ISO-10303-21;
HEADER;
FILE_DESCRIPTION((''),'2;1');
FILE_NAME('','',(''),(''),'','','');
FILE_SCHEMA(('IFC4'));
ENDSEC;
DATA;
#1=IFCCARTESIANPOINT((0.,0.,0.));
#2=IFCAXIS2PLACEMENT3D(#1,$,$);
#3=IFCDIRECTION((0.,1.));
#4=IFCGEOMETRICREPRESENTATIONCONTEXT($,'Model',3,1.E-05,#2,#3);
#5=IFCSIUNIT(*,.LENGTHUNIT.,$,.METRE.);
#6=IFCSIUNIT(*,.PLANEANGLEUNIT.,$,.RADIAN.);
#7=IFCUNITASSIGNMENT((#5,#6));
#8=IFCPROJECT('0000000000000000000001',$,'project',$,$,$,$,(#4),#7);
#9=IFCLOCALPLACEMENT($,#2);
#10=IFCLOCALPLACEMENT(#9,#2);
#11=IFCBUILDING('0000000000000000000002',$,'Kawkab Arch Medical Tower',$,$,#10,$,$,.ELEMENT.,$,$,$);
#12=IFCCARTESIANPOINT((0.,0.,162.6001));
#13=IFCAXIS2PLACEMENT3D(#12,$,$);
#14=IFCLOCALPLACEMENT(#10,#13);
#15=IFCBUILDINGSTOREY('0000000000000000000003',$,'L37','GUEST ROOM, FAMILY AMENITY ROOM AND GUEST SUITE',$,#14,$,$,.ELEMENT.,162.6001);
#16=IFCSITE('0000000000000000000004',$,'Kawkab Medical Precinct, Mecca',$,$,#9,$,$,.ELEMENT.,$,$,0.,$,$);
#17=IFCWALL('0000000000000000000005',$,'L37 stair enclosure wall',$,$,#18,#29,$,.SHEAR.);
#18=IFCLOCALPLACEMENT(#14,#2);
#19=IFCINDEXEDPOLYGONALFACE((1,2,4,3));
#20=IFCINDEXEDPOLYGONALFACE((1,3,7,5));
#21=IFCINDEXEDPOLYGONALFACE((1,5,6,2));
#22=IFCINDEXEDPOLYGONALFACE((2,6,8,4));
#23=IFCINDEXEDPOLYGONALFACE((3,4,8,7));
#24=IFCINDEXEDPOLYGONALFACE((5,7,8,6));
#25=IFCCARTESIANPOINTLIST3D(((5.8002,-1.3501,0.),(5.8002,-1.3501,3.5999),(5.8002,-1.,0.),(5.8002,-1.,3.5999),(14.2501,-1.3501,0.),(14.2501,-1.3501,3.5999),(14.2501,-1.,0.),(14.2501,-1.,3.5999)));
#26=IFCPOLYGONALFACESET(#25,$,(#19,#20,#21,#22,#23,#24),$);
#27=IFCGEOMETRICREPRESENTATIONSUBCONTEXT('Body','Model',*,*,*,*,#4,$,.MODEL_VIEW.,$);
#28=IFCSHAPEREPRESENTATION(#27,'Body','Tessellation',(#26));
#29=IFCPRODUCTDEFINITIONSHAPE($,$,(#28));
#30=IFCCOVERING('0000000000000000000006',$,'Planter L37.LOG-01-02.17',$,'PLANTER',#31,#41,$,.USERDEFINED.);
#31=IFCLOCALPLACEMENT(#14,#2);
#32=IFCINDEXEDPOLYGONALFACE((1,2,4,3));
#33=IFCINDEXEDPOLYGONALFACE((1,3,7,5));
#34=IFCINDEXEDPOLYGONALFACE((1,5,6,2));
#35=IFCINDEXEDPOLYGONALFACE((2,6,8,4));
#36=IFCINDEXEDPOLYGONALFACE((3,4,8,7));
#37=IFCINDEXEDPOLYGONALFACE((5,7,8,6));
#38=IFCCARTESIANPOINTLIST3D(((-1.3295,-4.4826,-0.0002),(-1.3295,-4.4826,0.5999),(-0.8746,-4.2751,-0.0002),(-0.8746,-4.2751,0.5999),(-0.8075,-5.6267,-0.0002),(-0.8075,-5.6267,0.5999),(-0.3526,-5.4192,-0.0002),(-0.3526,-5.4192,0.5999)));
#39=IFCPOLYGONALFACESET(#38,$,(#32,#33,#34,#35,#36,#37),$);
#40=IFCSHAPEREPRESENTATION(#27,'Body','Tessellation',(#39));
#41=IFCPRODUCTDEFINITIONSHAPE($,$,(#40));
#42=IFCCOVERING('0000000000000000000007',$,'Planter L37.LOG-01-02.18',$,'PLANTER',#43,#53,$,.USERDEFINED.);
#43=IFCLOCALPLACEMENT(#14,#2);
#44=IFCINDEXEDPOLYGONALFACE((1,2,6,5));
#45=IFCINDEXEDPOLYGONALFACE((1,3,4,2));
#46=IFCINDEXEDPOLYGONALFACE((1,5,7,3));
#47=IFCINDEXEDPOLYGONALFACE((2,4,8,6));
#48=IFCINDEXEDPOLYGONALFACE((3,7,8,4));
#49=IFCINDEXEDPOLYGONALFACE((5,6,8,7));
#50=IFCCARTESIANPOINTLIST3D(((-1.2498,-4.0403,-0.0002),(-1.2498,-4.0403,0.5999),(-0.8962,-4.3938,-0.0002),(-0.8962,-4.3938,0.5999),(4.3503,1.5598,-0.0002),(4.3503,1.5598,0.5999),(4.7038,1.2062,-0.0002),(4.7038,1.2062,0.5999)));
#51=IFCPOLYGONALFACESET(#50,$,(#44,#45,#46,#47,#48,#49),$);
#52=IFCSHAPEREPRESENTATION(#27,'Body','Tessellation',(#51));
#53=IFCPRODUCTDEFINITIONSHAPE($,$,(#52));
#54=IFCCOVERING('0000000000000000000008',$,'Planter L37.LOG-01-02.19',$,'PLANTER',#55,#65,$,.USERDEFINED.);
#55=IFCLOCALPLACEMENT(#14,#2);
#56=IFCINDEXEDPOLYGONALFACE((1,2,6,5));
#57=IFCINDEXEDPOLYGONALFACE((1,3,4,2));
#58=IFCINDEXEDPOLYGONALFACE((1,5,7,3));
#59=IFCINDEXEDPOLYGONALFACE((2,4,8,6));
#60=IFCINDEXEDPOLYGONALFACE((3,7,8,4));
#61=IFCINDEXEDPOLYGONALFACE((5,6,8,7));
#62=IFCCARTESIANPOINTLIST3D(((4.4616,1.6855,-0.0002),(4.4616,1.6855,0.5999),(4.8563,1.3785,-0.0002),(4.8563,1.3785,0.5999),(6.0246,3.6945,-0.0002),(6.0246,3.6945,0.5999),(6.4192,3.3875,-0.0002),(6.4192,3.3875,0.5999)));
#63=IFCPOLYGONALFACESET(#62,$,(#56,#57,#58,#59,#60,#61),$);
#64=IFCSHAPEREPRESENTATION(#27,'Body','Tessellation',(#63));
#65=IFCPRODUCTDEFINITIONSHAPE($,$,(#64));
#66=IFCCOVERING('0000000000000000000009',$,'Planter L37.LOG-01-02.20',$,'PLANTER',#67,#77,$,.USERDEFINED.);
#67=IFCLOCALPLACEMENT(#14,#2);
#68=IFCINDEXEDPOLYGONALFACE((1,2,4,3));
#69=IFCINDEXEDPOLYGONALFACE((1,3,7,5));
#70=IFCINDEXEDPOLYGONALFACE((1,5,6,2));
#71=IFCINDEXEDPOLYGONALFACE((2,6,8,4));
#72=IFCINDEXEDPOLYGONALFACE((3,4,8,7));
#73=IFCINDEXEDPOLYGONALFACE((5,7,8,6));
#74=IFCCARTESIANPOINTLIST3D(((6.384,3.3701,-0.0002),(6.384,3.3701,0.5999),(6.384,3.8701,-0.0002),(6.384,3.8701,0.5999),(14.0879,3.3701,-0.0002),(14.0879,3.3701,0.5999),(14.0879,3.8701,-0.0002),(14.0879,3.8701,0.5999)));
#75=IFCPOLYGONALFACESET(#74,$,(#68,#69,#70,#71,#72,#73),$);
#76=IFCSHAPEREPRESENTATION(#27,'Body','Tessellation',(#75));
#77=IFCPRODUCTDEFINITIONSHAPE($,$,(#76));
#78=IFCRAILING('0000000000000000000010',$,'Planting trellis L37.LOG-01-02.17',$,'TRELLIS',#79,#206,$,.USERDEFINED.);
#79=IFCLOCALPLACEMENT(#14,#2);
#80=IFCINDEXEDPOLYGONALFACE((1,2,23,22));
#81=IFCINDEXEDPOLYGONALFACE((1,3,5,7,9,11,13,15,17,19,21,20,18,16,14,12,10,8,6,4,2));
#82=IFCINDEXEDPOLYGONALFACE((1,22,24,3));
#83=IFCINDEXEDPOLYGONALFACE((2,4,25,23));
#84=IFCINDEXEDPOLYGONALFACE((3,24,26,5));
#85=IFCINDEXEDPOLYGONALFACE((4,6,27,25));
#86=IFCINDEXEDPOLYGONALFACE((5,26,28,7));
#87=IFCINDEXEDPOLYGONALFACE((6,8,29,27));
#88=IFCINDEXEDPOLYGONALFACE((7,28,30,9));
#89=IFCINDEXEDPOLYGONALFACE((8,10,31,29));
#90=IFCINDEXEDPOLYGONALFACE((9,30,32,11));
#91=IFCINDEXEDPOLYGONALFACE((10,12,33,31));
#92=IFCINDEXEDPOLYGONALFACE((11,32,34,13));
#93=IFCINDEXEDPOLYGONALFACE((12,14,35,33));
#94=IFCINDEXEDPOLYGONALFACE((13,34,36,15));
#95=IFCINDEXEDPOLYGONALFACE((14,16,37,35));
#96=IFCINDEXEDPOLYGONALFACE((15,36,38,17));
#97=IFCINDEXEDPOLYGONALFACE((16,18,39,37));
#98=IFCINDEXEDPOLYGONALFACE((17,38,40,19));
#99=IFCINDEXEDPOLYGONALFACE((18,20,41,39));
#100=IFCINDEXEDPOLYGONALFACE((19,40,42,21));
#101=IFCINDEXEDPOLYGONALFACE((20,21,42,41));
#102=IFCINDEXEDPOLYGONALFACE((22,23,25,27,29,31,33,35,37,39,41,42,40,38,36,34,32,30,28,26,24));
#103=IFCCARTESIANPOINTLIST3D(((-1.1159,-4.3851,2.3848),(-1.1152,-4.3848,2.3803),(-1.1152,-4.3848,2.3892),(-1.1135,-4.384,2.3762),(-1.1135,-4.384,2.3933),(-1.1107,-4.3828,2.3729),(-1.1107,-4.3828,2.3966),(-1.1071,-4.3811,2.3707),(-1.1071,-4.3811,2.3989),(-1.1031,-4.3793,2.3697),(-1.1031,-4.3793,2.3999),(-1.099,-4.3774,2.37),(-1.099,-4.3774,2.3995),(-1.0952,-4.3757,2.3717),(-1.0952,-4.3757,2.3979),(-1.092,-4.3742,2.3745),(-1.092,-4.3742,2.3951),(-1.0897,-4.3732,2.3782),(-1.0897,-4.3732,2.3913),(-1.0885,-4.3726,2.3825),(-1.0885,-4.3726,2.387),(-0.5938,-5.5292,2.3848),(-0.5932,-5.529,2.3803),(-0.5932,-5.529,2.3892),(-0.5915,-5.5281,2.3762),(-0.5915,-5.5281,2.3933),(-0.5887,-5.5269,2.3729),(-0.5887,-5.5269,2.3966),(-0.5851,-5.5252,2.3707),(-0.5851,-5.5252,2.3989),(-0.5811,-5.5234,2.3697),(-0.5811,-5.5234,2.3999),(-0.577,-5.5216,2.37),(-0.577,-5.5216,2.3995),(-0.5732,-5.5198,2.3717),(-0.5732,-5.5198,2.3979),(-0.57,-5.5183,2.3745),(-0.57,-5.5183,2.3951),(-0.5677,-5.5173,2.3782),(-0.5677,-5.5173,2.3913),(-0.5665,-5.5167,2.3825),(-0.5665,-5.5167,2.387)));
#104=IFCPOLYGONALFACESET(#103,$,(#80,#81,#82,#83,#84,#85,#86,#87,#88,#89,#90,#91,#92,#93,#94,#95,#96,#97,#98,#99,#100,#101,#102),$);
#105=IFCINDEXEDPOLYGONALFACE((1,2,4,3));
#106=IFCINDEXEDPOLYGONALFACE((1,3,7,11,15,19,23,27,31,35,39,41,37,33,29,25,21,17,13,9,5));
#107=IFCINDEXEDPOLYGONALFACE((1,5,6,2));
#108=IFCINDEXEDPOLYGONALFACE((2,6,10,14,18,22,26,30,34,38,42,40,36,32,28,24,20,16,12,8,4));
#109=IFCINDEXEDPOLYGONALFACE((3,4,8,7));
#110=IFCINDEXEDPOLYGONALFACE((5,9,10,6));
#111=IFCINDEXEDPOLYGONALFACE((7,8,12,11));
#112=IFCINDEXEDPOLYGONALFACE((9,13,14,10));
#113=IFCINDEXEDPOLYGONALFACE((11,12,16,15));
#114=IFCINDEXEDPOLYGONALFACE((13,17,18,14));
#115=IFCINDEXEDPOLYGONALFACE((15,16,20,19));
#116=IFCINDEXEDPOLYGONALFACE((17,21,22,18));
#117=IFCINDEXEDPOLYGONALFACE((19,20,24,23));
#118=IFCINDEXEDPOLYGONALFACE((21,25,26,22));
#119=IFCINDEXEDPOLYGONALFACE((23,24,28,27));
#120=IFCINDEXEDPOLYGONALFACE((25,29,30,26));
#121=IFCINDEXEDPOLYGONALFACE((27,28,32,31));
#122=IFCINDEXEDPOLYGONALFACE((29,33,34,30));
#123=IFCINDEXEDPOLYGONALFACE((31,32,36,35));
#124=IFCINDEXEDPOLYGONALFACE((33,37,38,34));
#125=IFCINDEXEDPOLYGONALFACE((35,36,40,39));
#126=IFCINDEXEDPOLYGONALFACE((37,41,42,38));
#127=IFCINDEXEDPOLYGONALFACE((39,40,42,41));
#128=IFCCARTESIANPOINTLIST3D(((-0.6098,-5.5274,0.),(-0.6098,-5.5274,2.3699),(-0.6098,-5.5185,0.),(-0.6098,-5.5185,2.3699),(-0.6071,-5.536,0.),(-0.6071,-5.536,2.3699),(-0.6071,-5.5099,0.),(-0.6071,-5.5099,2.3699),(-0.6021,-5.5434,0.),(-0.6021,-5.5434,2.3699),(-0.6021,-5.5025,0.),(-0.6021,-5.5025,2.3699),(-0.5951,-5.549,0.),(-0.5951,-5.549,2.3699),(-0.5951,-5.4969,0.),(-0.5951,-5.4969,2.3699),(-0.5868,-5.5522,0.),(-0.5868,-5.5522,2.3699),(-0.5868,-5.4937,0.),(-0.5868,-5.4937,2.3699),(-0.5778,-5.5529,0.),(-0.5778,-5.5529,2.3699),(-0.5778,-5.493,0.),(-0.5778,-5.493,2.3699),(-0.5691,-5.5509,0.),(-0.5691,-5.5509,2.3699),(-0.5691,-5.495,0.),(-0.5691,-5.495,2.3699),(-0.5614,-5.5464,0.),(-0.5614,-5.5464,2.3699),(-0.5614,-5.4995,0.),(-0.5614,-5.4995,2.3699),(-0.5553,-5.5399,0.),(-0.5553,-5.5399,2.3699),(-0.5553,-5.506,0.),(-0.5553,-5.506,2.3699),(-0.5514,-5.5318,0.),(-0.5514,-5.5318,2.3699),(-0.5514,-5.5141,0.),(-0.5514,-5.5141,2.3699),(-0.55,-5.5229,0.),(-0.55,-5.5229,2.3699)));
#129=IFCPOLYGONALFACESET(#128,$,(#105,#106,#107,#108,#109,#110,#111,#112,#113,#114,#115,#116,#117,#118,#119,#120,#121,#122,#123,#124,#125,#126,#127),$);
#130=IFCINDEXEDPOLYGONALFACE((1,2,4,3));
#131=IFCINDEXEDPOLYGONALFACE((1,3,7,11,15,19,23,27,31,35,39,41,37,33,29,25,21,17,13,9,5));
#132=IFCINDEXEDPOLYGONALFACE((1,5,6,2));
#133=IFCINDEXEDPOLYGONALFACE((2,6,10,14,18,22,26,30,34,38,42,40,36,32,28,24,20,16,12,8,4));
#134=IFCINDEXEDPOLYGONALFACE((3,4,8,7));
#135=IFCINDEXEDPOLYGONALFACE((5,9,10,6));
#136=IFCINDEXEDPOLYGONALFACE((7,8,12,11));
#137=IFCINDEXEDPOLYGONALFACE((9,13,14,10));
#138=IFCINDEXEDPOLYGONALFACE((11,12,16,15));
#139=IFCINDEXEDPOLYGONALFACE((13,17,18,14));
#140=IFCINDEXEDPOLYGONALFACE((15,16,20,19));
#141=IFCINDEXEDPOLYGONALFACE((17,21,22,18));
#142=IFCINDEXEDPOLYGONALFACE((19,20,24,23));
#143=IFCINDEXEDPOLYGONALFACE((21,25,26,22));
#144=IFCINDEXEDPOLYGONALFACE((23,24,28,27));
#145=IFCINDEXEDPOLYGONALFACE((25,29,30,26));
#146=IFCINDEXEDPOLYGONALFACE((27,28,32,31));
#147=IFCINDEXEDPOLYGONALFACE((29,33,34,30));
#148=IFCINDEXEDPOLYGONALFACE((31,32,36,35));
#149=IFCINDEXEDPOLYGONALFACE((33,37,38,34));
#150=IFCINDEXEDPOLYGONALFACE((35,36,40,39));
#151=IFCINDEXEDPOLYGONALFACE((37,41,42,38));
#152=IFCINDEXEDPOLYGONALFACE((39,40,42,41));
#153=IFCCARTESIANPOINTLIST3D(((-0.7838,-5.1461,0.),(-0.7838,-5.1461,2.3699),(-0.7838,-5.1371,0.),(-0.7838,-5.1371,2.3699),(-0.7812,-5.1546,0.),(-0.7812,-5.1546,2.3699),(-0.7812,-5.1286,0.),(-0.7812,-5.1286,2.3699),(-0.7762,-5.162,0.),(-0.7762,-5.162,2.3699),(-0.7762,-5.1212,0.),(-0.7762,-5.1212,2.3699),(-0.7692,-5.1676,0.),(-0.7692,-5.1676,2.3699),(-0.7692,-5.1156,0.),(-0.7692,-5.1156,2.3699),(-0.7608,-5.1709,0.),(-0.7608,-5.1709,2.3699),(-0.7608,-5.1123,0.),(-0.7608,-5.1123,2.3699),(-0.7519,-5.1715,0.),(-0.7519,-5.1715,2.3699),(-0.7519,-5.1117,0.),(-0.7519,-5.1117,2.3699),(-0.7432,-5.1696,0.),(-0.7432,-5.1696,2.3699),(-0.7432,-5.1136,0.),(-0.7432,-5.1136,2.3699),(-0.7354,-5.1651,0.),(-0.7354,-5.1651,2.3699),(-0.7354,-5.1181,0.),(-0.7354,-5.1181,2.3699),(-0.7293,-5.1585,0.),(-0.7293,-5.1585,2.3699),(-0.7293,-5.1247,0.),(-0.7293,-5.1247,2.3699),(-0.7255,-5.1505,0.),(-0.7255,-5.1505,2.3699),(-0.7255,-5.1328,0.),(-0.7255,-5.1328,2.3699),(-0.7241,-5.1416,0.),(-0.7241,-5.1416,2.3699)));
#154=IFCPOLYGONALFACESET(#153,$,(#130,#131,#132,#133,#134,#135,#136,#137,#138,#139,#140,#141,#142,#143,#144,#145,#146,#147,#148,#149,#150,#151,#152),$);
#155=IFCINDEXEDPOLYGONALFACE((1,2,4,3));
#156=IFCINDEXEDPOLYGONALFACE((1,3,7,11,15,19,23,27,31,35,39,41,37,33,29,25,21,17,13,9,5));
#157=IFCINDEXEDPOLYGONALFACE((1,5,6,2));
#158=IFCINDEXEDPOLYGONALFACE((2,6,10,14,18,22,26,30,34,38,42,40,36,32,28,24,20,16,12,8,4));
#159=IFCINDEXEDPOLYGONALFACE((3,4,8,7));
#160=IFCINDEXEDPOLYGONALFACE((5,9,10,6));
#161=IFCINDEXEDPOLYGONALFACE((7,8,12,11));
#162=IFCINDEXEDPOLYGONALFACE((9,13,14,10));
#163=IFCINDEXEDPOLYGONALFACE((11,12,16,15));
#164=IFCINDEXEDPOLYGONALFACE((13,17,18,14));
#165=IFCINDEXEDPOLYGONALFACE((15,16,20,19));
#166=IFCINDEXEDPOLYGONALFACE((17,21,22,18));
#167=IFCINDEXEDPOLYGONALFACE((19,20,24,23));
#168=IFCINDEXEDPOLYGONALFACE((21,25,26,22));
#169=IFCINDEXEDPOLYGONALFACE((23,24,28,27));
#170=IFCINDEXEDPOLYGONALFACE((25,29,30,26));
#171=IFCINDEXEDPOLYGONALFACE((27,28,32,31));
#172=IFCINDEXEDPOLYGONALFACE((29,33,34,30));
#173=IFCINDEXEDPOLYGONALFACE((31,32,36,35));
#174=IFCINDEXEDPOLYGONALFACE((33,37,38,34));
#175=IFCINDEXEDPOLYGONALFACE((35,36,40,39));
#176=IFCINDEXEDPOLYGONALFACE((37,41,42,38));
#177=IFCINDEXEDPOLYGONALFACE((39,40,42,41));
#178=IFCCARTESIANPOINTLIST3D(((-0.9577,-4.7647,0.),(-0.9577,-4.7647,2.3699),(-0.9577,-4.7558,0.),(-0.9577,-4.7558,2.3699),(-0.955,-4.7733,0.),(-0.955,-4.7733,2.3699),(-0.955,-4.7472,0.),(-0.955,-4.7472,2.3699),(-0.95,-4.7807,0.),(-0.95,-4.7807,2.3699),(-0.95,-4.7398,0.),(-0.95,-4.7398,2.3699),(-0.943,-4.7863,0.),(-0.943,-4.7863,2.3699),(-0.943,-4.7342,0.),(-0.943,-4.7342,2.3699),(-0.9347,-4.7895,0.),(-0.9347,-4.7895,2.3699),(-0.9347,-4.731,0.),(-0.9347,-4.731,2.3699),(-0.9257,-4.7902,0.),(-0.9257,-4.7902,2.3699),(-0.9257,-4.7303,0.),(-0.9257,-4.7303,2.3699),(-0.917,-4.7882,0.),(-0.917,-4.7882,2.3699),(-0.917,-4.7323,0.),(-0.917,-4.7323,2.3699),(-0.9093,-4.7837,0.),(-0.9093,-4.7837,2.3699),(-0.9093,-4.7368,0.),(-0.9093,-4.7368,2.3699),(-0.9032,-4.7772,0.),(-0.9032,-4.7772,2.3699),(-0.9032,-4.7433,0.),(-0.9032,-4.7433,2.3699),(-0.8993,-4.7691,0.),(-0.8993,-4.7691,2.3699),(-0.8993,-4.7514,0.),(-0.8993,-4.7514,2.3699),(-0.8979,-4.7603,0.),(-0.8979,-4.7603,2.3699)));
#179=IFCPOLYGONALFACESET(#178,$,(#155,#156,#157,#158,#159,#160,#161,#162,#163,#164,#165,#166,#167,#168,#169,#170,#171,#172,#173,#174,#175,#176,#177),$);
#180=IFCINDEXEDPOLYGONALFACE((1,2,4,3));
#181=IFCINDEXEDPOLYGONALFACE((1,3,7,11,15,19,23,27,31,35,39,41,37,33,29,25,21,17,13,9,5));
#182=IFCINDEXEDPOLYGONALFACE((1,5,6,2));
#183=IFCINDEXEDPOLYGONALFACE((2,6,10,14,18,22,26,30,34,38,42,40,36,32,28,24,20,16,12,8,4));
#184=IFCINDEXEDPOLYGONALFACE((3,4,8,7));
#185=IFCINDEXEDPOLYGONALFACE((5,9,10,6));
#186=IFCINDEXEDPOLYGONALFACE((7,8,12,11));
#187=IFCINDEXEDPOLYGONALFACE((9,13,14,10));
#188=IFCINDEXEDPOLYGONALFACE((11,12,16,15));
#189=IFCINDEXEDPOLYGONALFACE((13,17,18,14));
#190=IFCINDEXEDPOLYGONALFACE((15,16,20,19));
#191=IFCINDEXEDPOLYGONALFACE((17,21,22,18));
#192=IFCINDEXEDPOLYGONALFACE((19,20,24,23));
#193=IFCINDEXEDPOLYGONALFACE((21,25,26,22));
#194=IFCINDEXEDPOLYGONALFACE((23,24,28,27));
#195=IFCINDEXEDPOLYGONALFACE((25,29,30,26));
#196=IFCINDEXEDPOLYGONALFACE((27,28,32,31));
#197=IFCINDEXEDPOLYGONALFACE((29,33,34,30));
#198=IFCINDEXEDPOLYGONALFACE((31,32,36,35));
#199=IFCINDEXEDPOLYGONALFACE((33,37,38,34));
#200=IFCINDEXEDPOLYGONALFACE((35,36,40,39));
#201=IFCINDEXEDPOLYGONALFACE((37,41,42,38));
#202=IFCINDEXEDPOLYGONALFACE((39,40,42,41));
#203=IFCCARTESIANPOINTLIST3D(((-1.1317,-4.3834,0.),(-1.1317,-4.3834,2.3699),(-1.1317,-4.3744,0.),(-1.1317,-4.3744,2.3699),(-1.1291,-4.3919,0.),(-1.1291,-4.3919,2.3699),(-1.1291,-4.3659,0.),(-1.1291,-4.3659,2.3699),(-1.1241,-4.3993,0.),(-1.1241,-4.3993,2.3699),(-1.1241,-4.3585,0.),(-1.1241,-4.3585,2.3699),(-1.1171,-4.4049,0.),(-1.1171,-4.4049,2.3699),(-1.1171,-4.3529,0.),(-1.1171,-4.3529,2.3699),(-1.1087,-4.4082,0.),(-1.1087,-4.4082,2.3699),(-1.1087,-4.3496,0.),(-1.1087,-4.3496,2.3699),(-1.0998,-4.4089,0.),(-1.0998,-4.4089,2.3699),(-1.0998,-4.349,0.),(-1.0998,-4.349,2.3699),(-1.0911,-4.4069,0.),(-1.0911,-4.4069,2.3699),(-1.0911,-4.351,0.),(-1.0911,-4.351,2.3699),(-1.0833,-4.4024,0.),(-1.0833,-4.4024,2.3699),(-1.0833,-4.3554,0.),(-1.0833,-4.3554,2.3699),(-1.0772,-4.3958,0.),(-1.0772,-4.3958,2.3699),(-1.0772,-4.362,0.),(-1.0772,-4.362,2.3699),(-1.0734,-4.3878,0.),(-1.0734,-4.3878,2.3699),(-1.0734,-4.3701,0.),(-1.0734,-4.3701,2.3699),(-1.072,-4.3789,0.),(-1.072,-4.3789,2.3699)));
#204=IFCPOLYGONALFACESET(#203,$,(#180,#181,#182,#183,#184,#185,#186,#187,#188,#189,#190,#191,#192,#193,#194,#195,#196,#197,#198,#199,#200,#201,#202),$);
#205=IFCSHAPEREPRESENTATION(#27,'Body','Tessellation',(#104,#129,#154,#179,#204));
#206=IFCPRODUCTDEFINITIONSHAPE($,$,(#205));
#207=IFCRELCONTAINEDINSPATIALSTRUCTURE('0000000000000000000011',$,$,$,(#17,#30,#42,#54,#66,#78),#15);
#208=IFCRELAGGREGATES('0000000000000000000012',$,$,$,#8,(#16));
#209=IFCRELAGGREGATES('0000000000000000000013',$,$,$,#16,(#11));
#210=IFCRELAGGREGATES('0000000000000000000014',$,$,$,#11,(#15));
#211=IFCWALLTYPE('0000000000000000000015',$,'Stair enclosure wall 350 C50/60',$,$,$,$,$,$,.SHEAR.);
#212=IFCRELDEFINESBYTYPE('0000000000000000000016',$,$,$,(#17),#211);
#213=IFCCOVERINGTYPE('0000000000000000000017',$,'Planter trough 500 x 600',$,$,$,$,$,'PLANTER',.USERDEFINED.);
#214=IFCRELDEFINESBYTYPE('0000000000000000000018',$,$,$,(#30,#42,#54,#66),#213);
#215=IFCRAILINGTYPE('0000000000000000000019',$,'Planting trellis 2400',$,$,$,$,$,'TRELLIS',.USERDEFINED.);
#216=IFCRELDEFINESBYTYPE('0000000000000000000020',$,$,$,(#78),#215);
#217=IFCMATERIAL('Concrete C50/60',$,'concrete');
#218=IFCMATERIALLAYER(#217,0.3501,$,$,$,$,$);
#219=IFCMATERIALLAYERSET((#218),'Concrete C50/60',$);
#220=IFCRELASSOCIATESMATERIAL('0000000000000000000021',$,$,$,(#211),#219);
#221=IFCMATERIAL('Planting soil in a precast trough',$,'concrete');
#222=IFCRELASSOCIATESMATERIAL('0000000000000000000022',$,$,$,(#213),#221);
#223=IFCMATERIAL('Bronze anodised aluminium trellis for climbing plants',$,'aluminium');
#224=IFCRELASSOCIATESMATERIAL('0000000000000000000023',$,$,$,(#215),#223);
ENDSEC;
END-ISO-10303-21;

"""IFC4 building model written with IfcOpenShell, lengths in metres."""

from ifc_helpers import new_model, si_unit, direction, frame, frame_2d, origin, origin_2d, place, context, subcontext, project, spatial, rectangle, circle, extrude, material, layer, layer_set, material_profile, profile_set, type_object, element, save


model = new_model("IFC4")

# Units and contexts
model_context = context("Model", 3, precision=1e-05, world=origin(), true_north=direction((0.0, 1.0)))
body_context = subcontext(model_context, "Body", "Model", "MODEL_VIEW")
ifc_project = project(units=[si_unit("LENGTHUNIT", "METRE"), si_unit("PLANEANGLEUNIT", "RADIAN")], contexts=[model_context])

# Site, building, storey
site_placement = place(None, origin())
site = spatial("IfcSite", under=ifc_project, at=site_placement, Name="Kawkab Medical Precinct, Mecca", CompositionType="ELEMENT", RefElevation=0.0)
building_placement = place(site_placement, origin())
building = spatial("IfcBuilding", under=site, at=building_placement, Name="Kawkab Arch Medical Tower", CompositionType="ELEMENT")
storey_placement = place(building_placement, frame((0.0, 0.0, 162.6001)))
storey = spatial("IfcBuildingStorey", under=building, at=storey_placement, Name="L37", Description="GUEST ROOM, FAMILY AMENITY ROOM AND GUEST SUITE", CompositionType="ELEMENT", Elevation=162.6001)

# Wall
ifc_material_1 = material(Name="Concrete C50/60", Category="concrete")
ifc_layer_1 = layer(ifc_material_1, 0.3501)
ifc_layer_set_1 = layer_set([ifc_layer_1], Name="Concrete C50/60")
wall_type_1 = type_object("IfcWallType", Name="Stair enclosure wall 350 C50/60", PredefinedType="SHEAR", material=ifc_layer_set_1)
wall_1_placement = place(storey_placement, frame((5.8, -1.175, 0.0), z_axis=(0.0, 0.0, 1.0), x_axis=(1.0, 0.0, 0.0)))
element("IfcWall", 1, at=wall_1_placement, inside=storey, type_object=wall_type_1, Name="L37 stair enclosure wall", PredefinedType="SHEAR", context=body_context, shape_type="SweptSolid", body=[
    extrude(rectangle(XDim=8.45, YDim=0.3501, at=frame_2d((4.2251, 0.0))), origin(), (0.0, 0.0, 1.0), 3.5999),
])

# Coverings
ifc_material_2 = material(Name="Planting soil in a precast trough", Category="concrete")
ifc_material_profile_1 = material_profile(ifc_material_2, rectangle(XDim=0.5, YDim=0.6001, at=origin_2d()), Name="Trough 500x600")
ifc_profile_set_1 = profile_set([ifc_material_profile_1], Name="Planting soil in a precast trough")
covering_type = type_object("IfcCoveringType", Name="Planter trough 500 x 600", ElementType="PLANTER", PredefinedType="USERDEFINED", material=ifc_profile_set_1)
covering_1_placement = place(storey_placement, frame((-0.5801, -5.5229, 0.2998), z_axis=(-0.41509, 0.90978, 0.0), x_axis=(-0.90978, -0.41509, 0.0)))
element("IfcCovering", 2, at=covering_1_placement, inside=storey, type_object=covering_type, Name="Planter L37.LOG-01-02.17", ObjectType="PLANTER", PredefinedType="USERDEFINED", context=body_context, shape_type="SweptSolid", body=[
    extrude(rectangle(XDim=0.5, YDim=0.6001, at=origin_2d()), origin(), (0.0, 0.0, 1.0), 1.2576),
])
covering_2_placement = place(storey_placement, frame((-1.073, -4.217, 0.2998), z_axis=(0.707107, 0.707107, 0.0), x_axis=(-0.707107, 0.707107, 0.0)))
element("IfcCovering", 3, at=covering_2_placement, inside=storey, type_object=covering_type, Name="Planter L37.LOG-01-02.18", ObjectType="PLANTER", PredefinedType="USERDEFINED", context=body_context, shape_type="SweptSolid", body=[
    extrude(rectangle(XDim=0.5, YDim=0.6001, at=origin_2d()), origin(), (0.0, 0.0, 1.0), 7.9197),
])
covering_3_placement = place(storey_placement, frame((4.6589, 1.532, 0.2998), z_axis=(0.61404, 0.789275, 0.0), x_axis=(-0.789275, 0.61404, 0.0)))
element("IfcCovering", 4, at=covering_3_placement, inside=storey, type_object=covering_type, Name="Planter L37.LOG-01-02.19", ObjectType="PLANTER", PredefinedType="USERDEFINED", context=body_context, shape_type="SweptSolid", body=[
    extrude(rectangle(XDim=0.5, YDim=0.6001, at=origin_2d()), origin(), (0.0, 0.0, 1.0), 2.5454),
])
covering_4_placement = place(storey_placement, frame((6.384, 3.6201, 0.2998), z_axis=(1.0, 0.0, 0.0), x_axis=(0.0, 1.0, 0.0)))
element("IfcCovering", 5, at=covering_4_placement, inside=storey, type_object=covering_type, Name="Planter L37.LOG-01-02.20", ObjectType="PLANTER", PredefinedType="USERDEFINED", context=body_context, shape_type="SweptSolid", body=[
    extrude(rectangle(XDim=0.5, YDim=0.6001, at=origin_2d()), origin(), (0.0, 0.0, 1.0), 7.7039),
])

# Railing
ifc_material_3 = material(Name="Bronze anodised aluminium trellis for climbing plants", Category="aluminium")
railing_type = type_object("IfcRailingType", Name="Planting trellis 2400", ElementType="TRELLIS", PredefinedType="USERDEFINED", material=ifc_material_3)
railing_1_placement = place(storey_placement, frame((-0.5801, -5.5229, 0.0)))
element("IfcRailing", 6, at=railing_1_placement, inside=storey, type_object=railing_type, Name="Planting trellis L37.LOG-01-02.17", ObjectType="TRELLIS", PredefinedType="USERDEFINED", context=body_context, shape_type="SweptSolid", body=[
    extrude(circle(Radius=0.0151, at=origin_2d()), frame((0.0, 0.0, 2.3848), z_axis=(-0.41509, 0.90978, 0.0), x_axis=(-0.90978, -0.41509, 0.0)), (0.0, 0.0, 1.0), 1.2576),
    extrude(circle(Radius=0.03, at=origin_2d()), origin(), (0.0, 0.0, 1.0), 2.3699),
    extrude(circle(Radius=0.03, at=origin_2d()), frame((-0.1741, 0.3813, 0.0)), (0.0, 0.0, 1.0), 2.3699),
    extrude(circle(Radius=0.03, at=origin_2d()), frame((-0.3479, 0.7627, 0.0)), (0.0, 0.0, 1.0), 2.3699),
    extrude(circle(Radius=0.03, at=origin_2d()), frame((-0.522, 1.144, 0.0)), (0.0, 0.0, 1.0), 2.3699),
])

save(model, "model.ifc")
